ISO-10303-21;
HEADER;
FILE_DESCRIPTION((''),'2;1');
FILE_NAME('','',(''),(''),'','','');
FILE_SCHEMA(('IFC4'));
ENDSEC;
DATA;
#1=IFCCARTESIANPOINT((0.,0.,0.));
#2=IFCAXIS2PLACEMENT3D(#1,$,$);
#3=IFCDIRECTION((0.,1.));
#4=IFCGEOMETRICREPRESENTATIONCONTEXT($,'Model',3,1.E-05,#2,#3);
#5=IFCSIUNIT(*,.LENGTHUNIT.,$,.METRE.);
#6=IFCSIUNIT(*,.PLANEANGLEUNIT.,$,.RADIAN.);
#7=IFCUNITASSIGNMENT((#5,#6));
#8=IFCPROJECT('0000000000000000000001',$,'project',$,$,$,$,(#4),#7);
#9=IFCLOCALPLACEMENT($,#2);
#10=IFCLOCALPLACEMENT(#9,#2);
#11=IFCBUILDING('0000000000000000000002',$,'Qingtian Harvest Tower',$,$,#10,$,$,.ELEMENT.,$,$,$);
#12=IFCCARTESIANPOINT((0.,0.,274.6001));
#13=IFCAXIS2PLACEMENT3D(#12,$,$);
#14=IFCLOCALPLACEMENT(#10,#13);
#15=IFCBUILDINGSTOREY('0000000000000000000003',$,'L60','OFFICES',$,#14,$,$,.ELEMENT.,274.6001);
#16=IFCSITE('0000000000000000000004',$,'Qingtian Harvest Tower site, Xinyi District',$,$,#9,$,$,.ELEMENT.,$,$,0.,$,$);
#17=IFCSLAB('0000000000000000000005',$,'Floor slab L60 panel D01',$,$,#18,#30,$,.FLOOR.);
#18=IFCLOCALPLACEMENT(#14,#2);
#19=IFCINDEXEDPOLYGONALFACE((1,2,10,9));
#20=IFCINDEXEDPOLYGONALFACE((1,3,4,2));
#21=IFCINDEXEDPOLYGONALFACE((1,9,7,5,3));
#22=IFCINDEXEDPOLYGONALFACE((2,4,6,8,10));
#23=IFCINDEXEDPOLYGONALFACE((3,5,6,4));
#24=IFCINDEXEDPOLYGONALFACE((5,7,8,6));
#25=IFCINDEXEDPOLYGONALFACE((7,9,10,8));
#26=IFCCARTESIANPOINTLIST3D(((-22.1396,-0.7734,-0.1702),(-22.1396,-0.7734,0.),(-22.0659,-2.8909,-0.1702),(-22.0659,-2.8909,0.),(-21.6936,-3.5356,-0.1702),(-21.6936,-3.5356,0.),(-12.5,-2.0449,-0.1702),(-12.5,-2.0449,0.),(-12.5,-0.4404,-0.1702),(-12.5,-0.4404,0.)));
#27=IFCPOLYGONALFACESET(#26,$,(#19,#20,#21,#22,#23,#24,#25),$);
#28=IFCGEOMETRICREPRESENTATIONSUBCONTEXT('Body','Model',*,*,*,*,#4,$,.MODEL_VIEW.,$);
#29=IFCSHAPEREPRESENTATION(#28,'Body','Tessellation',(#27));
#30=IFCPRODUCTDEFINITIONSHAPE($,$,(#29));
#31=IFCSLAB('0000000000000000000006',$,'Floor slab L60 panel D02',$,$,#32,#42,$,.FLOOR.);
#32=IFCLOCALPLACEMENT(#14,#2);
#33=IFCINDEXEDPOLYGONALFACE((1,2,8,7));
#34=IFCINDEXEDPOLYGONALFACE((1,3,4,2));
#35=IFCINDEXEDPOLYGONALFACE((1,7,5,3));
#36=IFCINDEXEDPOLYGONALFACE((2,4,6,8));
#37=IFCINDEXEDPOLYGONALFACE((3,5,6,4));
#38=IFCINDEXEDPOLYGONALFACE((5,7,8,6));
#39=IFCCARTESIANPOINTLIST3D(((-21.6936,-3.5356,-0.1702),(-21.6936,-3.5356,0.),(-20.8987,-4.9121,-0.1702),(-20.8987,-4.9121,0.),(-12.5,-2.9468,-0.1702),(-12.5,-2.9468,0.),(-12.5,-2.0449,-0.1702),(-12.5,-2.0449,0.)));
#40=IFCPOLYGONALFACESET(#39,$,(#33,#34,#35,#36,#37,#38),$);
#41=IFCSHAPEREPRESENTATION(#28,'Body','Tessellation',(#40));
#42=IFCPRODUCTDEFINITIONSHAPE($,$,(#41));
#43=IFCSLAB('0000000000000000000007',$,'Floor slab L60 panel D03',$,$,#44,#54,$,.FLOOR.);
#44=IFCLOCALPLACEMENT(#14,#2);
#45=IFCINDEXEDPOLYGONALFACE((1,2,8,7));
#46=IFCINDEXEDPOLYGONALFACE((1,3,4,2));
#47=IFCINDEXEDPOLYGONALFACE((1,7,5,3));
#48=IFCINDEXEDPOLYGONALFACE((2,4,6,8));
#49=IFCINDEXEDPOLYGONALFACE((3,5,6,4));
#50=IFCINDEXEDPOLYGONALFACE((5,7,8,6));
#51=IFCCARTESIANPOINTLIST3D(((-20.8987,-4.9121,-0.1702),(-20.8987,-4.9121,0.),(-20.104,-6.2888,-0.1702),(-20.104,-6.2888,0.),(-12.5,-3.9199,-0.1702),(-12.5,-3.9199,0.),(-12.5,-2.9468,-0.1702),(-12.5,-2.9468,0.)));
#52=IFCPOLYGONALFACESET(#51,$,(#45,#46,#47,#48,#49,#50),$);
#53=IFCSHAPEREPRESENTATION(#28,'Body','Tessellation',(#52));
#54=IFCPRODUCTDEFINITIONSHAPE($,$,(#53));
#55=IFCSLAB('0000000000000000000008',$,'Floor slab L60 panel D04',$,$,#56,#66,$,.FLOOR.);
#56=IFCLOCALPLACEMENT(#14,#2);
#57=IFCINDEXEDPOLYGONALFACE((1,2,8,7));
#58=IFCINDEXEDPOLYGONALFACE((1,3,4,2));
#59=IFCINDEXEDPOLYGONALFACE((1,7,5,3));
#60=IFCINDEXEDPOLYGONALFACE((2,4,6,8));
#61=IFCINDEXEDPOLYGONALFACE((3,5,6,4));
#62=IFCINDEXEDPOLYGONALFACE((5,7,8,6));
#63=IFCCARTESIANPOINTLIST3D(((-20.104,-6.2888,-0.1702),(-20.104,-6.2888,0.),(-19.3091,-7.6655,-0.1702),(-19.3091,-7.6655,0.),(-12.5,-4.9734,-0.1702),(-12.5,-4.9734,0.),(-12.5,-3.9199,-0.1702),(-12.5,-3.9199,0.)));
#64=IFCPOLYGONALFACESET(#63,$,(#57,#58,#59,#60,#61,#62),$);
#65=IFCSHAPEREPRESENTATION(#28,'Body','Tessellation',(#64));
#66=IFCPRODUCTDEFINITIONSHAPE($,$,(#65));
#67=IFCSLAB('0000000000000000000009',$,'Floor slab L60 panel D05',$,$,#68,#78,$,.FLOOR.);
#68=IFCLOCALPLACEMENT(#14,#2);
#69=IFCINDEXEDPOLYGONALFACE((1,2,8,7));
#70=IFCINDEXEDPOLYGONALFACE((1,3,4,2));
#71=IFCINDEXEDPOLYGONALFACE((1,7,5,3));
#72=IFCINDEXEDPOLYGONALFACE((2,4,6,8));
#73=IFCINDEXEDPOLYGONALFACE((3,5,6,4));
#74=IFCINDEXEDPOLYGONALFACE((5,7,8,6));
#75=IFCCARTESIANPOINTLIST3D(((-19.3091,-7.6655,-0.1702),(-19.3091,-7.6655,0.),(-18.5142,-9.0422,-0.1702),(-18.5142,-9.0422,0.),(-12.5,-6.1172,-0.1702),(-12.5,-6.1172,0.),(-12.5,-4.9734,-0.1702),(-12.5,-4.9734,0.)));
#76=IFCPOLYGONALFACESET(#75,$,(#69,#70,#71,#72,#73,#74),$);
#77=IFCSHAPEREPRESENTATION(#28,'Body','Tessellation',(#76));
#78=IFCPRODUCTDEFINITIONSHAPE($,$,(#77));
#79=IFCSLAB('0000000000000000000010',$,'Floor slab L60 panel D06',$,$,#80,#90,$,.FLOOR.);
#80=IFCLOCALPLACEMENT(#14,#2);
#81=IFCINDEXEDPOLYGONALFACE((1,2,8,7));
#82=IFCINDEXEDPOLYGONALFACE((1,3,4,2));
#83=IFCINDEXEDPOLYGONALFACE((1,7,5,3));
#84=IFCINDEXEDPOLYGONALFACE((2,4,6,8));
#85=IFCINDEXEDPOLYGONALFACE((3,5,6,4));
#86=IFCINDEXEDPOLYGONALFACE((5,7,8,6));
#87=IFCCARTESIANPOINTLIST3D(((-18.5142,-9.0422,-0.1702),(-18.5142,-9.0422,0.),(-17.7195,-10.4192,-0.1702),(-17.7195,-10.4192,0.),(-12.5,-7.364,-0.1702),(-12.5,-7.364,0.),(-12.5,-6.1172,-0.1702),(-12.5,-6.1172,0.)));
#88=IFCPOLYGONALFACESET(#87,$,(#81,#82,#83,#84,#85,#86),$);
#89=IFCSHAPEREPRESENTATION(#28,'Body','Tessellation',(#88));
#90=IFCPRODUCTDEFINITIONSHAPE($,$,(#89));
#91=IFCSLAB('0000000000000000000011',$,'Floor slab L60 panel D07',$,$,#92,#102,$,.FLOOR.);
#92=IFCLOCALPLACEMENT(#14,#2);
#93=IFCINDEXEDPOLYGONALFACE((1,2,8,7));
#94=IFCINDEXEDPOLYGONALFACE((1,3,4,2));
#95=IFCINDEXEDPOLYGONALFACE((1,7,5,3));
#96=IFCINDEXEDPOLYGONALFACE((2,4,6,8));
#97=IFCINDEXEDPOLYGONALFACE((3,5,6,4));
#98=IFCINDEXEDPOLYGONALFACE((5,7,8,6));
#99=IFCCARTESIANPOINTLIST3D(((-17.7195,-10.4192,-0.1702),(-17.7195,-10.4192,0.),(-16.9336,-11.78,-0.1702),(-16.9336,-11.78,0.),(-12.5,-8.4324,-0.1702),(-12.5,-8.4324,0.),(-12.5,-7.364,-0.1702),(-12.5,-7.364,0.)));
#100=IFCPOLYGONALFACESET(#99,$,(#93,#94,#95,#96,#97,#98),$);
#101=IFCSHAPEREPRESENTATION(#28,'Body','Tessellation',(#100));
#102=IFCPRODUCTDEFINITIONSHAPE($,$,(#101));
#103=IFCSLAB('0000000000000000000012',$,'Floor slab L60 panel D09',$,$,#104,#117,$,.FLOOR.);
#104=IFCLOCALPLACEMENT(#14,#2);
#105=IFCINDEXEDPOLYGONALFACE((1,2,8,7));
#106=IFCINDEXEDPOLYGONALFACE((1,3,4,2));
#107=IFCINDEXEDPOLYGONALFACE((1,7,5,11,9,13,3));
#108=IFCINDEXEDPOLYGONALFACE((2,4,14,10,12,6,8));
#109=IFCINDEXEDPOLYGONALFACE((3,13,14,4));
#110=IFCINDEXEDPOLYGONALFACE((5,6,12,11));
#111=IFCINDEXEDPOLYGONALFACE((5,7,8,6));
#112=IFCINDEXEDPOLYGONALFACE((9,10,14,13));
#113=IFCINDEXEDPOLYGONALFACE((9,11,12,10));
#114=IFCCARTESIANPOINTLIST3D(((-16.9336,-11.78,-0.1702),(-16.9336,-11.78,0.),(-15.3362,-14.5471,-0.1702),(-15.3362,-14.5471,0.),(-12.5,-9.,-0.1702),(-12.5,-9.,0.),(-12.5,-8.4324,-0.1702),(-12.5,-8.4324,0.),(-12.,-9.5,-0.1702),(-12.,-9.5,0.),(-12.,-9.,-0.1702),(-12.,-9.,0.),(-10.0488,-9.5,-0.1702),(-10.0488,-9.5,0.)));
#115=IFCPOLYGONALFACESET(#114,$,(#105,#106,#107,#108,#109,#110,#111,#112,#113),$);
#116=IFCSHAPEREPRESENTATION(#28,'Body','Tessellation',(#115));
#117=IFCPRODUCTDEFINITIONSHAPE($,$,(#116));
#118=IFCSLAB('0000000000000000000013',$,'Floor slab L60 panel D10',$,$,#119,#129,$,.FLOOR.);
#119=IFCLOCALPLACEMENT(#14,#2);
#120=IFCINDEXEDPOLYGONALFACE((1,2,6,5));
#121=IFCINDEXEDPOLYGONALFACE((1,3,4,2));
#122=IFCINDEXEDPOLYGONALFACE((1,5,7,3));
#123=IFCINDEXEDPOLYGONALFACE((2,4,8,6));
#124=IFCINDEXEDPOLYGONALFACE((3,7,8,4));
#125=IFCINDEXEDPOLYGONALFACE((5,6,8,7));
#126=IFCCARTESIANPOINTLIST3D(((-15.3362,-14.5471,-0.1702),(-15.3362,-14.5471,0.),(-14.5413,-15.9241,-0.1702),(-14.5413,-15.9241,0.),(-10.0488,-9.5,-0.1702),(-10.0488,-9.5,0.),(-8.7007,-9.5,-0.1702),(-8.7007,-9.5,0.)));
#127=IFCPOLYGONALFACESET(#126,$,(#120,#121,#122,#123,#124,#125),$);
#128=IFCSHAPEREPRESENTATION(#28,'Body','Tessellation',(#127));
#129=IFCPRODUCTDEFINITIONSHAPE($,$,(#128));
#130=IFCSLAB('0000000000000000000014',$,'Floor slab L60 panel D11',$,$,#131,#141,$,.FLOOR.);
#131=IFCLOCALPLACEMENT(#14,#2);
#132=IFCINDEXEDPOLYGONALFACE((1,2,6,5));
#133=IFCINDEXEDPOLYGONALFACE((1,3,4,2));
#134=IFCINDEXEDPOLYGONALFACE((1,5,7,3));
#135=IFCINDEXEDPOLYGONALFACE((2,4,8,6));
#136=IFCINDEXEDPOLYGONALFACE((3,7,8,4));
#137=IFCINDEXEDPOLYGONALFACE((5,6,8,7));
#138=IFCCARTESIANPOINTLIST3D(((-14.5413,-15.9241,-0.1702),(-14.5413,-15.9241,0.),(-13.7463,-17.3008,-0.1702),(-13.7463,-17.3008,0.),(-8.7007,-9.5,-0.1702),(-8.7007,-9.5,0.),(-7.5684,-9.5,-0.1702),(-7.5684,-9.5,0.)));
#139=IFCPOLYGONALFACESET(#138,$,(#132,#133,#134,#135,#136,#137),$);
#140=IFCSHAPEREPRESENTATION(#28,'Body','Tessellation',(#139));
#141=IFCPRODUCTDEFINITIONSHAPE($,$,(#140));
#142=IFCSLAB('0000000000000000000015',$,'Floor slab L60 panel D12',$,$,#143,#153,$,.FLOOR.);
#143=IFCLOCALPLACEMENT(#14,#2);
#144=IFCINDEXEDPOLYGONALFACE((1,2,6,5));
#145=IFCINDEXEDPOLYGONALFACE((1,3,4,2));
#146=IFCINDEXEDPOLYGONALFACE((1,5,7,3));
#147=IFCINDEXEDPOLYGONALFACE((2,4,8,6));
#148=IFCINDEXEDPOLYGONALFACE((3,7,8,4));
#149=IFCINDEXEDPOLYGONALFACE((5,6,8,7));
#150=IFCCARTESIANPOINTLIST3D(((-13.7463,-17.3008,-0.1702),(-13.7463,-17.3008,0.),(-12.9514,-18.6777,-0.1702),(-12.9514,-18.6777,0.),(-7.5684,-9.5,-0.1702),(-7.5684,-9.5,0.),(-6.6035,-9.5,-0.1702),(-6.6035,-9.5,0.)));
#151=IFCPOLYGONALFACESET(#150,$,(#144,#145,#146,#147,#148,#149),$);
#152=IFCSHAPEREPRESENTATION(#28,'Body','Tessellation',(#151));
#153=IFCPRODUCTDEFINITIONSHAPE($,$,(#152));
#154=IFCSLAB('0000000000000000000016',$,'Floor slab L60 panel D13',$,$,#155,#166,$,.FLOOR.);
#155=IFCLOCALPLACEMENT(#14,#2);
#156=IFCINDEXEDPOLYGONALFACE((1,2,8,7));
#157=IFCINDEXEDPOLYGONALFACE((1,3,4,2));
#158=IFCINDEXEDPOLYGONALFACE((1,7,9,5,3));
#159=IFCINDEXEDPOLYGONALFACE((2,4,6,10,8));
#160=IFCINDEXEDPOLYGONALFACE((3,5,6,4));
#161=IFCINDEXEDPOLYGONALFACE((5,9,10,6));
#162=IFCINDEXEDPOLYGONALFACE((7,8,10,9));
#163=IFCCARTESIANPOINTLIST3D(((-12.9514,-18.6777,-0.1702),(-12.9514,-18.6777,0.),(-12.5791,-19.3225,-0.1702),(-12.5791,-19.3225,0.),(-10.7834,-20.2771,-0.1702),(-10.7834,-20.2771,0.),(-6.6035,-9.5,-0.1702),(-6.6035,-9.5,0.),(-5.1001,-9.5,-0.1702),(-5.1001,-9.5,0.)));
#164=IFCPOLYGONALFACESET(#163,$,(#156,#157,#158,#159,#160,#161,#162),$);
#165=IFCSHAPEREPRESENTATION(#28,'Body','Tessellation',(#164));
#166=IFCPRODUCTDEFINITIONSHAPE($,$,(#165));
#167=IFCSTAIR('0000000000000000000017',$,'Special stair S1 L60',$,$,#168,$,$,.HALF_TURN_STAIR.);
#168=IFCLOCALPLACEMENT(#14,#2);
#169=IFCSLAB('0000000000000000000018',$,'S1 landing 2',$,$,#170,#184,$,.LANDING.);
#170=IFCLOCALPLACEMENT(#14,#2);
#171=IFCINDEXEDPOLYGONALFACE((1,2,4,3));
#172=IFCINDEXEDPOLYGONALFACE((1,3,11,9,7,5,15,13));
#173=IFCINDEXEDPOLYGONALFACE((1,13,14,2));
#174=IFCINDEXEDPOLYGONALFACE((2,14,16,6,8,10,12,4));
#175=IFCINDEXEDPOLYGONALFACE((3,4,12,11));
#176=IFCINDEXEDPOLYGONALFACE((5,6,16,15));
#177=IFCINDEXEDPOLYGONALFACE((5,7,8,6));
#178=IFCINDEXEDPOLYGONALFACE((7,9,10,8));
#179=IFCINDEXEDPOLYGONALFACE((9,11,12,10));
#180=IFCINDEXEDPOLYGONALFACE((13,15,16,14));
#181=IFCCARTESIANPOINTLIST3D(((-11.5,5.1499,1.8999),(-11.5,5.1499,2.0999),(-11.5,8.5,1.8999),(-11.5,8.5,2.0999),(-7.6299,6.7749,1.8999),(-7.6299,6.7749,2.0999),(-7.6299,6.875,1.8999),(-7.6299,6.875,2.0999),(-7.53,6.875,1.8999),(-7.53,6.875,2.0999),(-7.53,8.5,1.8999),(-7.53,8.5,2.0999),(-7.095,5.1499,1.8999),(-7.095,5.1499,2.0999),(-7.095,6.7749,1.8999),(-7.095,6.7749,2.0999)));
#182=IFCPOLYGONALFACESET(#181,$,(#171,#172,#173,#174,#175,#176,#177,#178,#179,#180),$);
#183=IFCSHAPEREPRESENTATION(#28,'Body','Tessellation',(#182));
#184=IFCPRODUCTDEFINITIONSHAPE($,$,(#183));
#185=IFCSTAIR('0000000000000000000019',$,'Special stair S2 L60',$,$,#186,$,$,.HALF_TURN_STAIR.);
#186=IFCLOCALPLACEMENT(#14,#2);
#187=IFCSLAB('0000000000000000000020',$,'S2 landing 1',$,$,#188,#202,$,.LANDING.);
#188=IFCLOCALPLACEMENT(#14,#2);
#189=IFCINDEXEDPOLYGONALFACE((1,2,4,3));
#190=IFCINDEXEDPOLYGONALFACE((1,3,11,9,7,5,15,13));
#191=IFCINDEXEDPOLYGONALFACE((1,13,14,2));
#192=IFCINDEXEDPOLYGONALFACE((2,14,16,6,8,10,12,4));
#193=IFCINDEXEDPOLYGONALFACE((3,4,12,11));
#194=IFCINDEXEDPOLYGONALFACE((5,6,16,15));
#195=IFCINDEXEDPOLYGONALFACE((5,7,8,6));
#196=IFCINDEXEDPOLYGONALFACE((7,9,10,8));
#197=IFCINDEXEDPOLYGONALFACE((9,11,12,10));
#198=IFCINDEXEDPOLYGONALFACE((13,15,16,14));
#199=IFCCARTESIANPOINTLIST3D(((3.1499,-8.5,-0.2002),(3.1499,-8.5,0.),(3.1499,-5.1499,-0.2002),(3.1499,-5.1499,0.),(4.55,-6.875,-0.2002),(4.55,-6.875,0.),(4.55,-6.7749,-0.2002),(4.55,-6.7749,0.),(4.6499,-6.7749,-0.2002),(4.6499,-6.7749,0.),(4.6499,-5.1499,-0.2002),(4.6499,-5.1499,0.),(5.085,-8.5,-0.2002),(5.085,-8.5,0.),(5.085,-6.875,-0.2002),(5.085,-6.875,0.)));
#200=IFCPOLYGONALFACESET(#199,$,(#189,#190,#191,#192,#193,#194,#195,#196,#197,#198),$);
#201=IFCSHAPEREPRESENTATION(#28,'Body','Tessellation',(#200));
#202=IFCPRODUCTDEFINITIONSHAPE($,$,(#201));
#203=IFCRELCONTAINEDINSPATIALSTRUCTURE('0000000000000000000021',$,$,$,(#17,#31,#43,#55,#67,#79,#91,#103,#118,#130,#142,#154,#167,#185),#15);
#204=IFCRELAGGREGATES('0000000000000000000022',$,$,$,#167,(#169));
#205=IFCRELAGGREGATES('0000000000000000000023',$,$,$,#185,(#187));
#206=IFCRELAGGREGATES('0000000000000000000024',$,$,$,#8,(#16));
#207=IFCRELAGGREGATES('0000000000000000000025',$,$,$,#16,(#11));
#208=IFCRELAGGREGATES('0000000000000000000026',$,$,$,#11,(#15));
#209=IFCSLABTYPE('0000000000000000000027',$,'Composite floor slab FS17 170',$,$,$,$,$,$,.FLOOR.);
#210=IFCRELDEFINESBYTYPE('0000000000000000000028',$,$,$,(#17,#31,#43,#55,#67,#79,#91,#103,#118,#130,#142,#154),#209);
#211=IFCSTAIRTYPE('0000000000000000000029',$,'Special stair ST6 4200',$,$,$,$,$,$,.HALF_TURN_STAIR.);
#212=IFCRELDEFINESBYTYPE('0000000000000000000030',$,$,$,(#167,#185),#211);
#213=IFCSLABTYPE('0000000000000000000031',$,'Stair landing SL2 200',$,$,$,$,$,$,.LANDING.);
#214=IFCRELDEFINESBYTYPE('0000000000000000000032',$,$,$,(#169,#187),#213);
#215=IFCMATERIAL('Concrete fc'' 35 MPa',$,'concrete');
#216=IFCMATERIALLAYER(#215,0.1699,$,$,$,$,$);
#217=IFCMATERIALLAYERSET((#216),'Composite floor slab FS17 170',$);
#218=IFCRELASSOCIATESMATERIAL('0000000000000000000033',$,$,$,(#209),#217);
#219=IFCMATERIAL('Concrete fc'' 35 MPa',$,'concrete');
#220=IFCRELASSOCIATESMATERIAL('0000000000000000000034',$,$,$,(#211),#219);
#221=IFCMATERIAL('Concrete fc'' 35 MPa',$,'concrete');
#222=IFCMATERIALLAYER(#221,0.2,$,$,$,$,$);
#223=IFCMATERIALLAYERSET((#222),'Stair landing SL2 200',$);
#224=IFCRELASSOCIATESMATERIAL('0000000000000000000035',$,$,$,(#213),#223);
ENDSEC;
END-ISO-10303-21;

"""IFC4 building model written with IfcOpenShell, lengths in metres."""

from ifc_helpers import new_model, si_unit, direction, frame, origin, place, context, subcontext, project, spatial, polyline, outline, extrude, material, layer, layer_set, type_object, element, aggregate, save


model = new_model("IFC4")

# Units and contexts
model_context = context("Model", 3, precision=1e-05, world=origin(), true_north=direction((0.0, 1.0)))
body_context = subcontext(model_context, "Body", "Model", "MODEL_VIEW")
ifc_project = project(units=[si_unit("LENGTHUNIT", "METRE"), si_unit("PLANEANGLEUNIT", "RADIAN")], contexts=[model_context])

# Site, building, storey
site_placement = place(None, origin())
site = spatial("IfcSite", under=ifc_project, at=site_placement, Name="Qingtian Harvest Tower site, Xinyi District", CompositionType="ELEMENT", RefElevation=0.0)
building_placement = place(site_placement, origin())
building = spatial("IfcBuilding", under=site, at=building_placement, Name="Qingtian Harvest Tower", CompositionType="ELEMENT")
storey_placement = place(building_placement, frame((0.0, 0.0, 274.6001)))
storey = spatial("IfcBuildingStorey", under=building, at=storey_placement, Name="L60", Description="OFFICES", CompositionType="ELEMENT", Elevation=274.6001)

# Slabs
ifc_material_1 = material(Name="Concrete fc' 35 MPa", Category="concrete")
ifc_layer_1 = layer(ifc_material_1, 0.1699)
ifc_layer_set_1 = layer_set([ifc_layer_1], Name="Composite floor slab FS17 170")
slab_type_1 = type_object("IfcSlabType", Name="Composite floor slab FS17 170", PredefinedType="FLOOR", material=ifc_layer_set_1)
slab_1_placement = place(storey_placement, frame((0.0, 0.0, -0.1702)))
element("IfcSlab", 1, at=slab_1_placement, inside=storey, type_object=slab_type_1, Name="Floor slab L60 panel D01", PredefinedType="FLOOR", context=body_context, shape_type="SweptSolid", body=[
    extrude(outline(polyline([(-22.1396, -0.7734), (-12.5, -0.4404), (-12.5, -2.0449), (-21.6936, -3.5356), (-22.0659, -2.8909), (-22.1396, -0.7734)])), origin(), (0.0, 0.0, 1.0), 0.1702),
])
slab_2_placement = place(storey_placement, frame((0.0, 0.0, -0.1702)))
element("IfcSlab", 2, at=slab_2_placement, inside=storey, type_object=slab_type_1, Name="Floor slab L60 panel D02", PredefinedType="FLOOR", context=body_context, shape_type="SweptSolid", body=[
    extrude(outline(polyline([(-12.5, -2.9468), (-20.8987, -4.9121), (-21.6936, -3.5356), (-12.5, -2.0449), (-12.5, -2.9468)])), origin(), (0.0, 0.0, 1.0), 0.1702),
])
slab_3_placement = place(storey_placement, frame((0.0, 0.0, -0.1702)))
element("IfcSlab", 3, at=slab_3_placement, inside=storey, type_object=slab_type_1, Name="Floor slab L60 panel D03", PredefinedType="FLOOR", context=body_context, shape_type="SweptSolid", body=[
    extrude(outline(polyline([(-12.5, -3.9199), (-20.104, -6.2888), (-20.8987, -4.9121), (-12.5, -2.9468), (-12.5, -3.9199)])), origin(), (0.0, 0.0, 1.0), 0.1702),
])
slab_4_placement = place(storey_placement, frame((0.0, 0.0, -0.1702)))
element("IfcSlab", 4, at=slab_4_placement, inside=storey, type_object=slab_type_1, Name="Floor slab L60 panel D04", PredefinedType="FLOOR", context=body_context, shape_type="SweptSolid", body=[
    extrude(outline(polyline([(-12.5, -4.9734), (-19.3091, -7.6655), (-20.104, -6.2888), (-12.5, -3.9199), (-12.5, -4.9734)])), origin(), (0.0, 0.0, 1.0), 0.1702),
])
slab_5_placement = place(storey_placement, frame((0.0, 0.0, -0.1702)))
element("IfcSlab", 5, at=slab_5_placement, inside=storey, type_object=slab_type_1, Name="Floor slab L60 panel D05", PredefinedType="FLOOR", context=body_context, shape_type="SweptSolid", body=[
    extrude(outline(polyline([(-12.5, -6.1172), (-18.5142, -9.0422), (-19.3091, -7.6655), (-12.5, -4.9734), (-12.5, -6.1172)])), origin(), (0.0, 0.0, 1.0), 0.1702),
])
slab_6_placement = place(storey_placement, frame((0.0, 0.0, -0.1702)))
element("IfcSlab", 6, at=slab_6_placement, inside=storey, type_object=slab_type_1, Name="Floor slab L60 panel D06", PredefinedType="FLOOR", context=body_context, shape_type="SweptSolid", body=[
    extrude(outline(polyline([(-12.5, -7.364), (-17.7195, -10.4192), (-18.5142, -9.0422), (-12.5, -6.1172), (-12.5, -7.364)])), origin(), (0.0, 0.0, 1.0), 0.1702),
])
slab_7_placement = place(storey_placement, frame((0.0, 0.0, -0.1702)))
element("IfcSlab", 7, at=slab_7_placement, inside=storey, type_object=slab_type_1, Name="Floor slab L60 panel D07", PredefinedType="FLOOR", context=body_context, shape_type="SweptSolid", body=[
    extrude(outline(polyline([(-12.5, -8.4324), (-16.9336, -11.78), (-17.7195, -10.4192), (-12.5, -7.364), (-12.5, -8.4324)])), origin(), (0.0, 0.0, 1.0), 0.1702),
])
slab_8_placement = place(storey_placement, frame((0.0, 0.0, -0.1702)))
element("IfcSlab", 8, at=slab_8_placement, inside=storey, type_object=slab_type_1, Name="Floor slab L60 panel D09", PredefinedType="FLOOR", context=body_context, shape_type="SweptSolid", body=[
    extrude(outline(polyline([(-15.3362, -14.5471), (-16.9336, -11.78), (-12.5, -8.4324), (-12.5, -9.0), (-12.0, -9.0), (-12.0, -9.5), (-10.0488, -9.5), (-15.3362, -14.5471)])), origin(), (0.0, 0.0, 1.0), 0.1702),
])
slab_9_placement = place(storey_placement, frame((0.0, 0.0, -0.1702)))
element("IfcSlab", 9, at=slab_9_placement, inside=storey, type_object=slab_type_1, Name="Floor slab L60 panel D10", PredefinedType="FLOOR", context=body_context, shape_type="SweptSolid", body=[
    extrude(outline(polyline([(-8.7007, -9.5), (-14.5413, -15.9241), (-15.3362, -14.5471), (-10.0488, -9.5), (-8.7007, -9.5)])), origin(), (0.0, 0.0, 1.0), 0.1702),
])
slab_10_placement = place(storey_placement, frame((0.0, 0.0, -0.1702)))
element("IfcSlab", 10, at=slab_10_placement, inside=storey, type_object=slab_type_1, Name="Floor slab L60 panel D11", PredefinedType="FLOOR", context=body_context, shape_type="SweptSolid", body=[
    extrude(outline(polyline([(-7.5684, -9.5), (-13.7463, -17.3008), (-14.5413, -15.9241), (-8.7007, -9.5), (-7.5684, -9.5)])), origin(), (0.0, 0.0, 1.0), 0.1702),
])
slab_11_placement = place(storey_placement, frame((0.0, 0.0, -0.1702)))
element("IfcSlab", 11, at=slab_11_placement, inside=storey, type_object=slab_type_1, Name="Floor slab L60 panel D12", PredefinedType="FLOOR", context=body_context, shape_type="SweptSolid", body=[
    extrude(outline(polyline([(-6.6035, -9.5), (-12.9514, -18.6777), (-13.7463, -17.3008), (-7.5684, -9.5), (-6.6035, -9.5)])), origin(), (0.0, 0.0, 1.0), 0.1702),
])
slab_12_placement = place(storey_placement, frame((0.0, 0.0, -0.1702)))
element("IfcSlab", 12, at=slab_12_placement, inside=storey, type_object=slab_type_1, Name="Floor slab L60 panel D13", PredefinedType="FLOOR", context=body_context, shape_type="SweptSolid", body=[
    extrude(outline(polyline([(-6.6035, -9.5), (-5.1001, -9.5), (-10.7834, -20.2771), (-12.5791, -19.3225), (-12.9514, -18.6777), (-6.6035, -9.5)])), origin(), (0.0, 0.0, 1.0), 0.1702),
])

# Stair, slab
ifc_material_2 = material(Name="Concrete fc' 35 MPa", Category="concrete")
stair_type = type_object("IfcStairType", Name="Special stair ST6 4200", PredefinedType="HALF_TURN_STAIR", material=ifc_material_2)
stair_1_placement = place(storey_placement, origin())
stair_1 = element("IfcStair", 13, at=stair_1_placement, inside=storey, type_object=stair_type, Name="Special stair S1 L60", PredefinedType="HALF_TURN_STAIR")
ifc_material_3 = material(Name="Concrete fc' 35 MPa", Category="concrete")
ifc_layer_2 = layer(ifc_material_3, 0.2)
ifc_layer_set_2 = layer_set([ifc_layer_2], Name="Stair landing SL2 200")
slab_type_2 = type_object("IfcSlabType", Name="Stair landing SL2 200", PredefinedType="LANDING", material=ifc_layer_set_2)
slab_13_placement = place(storey_placement, frame((0.0, 0.0, 1.8999)))
slab_13 = element("IfcSlab", 14, at=slab_13_placement, type_object=slab_type_2, Name="S1 landing 2", PredefinedType="LANDING", context=body_context, shape_type="SweptSolid", body=[
    extrude(outline(polyline([(-7.095, 5.1499), (-11.5, 5.1499), (-11.5, 8.5), (-7.53, 8.5), (-7.53, 6.875), (-7.6299, 6.875), (-7.6299, 6.7749), (-7.095, 6.7749), (-7.095, 5.1499)])), origin(), (0.0, 0.0, 1.0), 0.2),
])
aggregate(stair_1, [slab_13])

# Stair, slab
stair_2_placement = place(storey_placement, origin())
stair_2 = element("IfcStair", 15, at=stair_2_placement, inside=storey, type_object=stair_type, Name="Special stair S2 L60", PredefinedType="HALF_TURN_STAIR")
slab_14_placement = place(storey_placement, frame((0.0, 0.0, -0.2002)))
slab_14 = element("IfcSlab", 16, at=slab_14_placement, type_object=slab_type_2, Name="S2 landing 1", PredefinedType="LANDING", context=body_context, shape_type="SweptSolid", body=[
    extrude(outline(polyline([(5.085, -8.5), (3.1499, -8.5), (3.1499, -5.1499), (4.6499, -5.1499), (4.6499, -6.7749), (4.55, -6.7749), (4.55, -6.875), (5.085, -6.875), (5.085, -8.5)])), origin(), (0.0, 0.0, 1.0), 0.2002),
])
aggregate(stair_2, [slab_14])

save(model, "model.ifc")
